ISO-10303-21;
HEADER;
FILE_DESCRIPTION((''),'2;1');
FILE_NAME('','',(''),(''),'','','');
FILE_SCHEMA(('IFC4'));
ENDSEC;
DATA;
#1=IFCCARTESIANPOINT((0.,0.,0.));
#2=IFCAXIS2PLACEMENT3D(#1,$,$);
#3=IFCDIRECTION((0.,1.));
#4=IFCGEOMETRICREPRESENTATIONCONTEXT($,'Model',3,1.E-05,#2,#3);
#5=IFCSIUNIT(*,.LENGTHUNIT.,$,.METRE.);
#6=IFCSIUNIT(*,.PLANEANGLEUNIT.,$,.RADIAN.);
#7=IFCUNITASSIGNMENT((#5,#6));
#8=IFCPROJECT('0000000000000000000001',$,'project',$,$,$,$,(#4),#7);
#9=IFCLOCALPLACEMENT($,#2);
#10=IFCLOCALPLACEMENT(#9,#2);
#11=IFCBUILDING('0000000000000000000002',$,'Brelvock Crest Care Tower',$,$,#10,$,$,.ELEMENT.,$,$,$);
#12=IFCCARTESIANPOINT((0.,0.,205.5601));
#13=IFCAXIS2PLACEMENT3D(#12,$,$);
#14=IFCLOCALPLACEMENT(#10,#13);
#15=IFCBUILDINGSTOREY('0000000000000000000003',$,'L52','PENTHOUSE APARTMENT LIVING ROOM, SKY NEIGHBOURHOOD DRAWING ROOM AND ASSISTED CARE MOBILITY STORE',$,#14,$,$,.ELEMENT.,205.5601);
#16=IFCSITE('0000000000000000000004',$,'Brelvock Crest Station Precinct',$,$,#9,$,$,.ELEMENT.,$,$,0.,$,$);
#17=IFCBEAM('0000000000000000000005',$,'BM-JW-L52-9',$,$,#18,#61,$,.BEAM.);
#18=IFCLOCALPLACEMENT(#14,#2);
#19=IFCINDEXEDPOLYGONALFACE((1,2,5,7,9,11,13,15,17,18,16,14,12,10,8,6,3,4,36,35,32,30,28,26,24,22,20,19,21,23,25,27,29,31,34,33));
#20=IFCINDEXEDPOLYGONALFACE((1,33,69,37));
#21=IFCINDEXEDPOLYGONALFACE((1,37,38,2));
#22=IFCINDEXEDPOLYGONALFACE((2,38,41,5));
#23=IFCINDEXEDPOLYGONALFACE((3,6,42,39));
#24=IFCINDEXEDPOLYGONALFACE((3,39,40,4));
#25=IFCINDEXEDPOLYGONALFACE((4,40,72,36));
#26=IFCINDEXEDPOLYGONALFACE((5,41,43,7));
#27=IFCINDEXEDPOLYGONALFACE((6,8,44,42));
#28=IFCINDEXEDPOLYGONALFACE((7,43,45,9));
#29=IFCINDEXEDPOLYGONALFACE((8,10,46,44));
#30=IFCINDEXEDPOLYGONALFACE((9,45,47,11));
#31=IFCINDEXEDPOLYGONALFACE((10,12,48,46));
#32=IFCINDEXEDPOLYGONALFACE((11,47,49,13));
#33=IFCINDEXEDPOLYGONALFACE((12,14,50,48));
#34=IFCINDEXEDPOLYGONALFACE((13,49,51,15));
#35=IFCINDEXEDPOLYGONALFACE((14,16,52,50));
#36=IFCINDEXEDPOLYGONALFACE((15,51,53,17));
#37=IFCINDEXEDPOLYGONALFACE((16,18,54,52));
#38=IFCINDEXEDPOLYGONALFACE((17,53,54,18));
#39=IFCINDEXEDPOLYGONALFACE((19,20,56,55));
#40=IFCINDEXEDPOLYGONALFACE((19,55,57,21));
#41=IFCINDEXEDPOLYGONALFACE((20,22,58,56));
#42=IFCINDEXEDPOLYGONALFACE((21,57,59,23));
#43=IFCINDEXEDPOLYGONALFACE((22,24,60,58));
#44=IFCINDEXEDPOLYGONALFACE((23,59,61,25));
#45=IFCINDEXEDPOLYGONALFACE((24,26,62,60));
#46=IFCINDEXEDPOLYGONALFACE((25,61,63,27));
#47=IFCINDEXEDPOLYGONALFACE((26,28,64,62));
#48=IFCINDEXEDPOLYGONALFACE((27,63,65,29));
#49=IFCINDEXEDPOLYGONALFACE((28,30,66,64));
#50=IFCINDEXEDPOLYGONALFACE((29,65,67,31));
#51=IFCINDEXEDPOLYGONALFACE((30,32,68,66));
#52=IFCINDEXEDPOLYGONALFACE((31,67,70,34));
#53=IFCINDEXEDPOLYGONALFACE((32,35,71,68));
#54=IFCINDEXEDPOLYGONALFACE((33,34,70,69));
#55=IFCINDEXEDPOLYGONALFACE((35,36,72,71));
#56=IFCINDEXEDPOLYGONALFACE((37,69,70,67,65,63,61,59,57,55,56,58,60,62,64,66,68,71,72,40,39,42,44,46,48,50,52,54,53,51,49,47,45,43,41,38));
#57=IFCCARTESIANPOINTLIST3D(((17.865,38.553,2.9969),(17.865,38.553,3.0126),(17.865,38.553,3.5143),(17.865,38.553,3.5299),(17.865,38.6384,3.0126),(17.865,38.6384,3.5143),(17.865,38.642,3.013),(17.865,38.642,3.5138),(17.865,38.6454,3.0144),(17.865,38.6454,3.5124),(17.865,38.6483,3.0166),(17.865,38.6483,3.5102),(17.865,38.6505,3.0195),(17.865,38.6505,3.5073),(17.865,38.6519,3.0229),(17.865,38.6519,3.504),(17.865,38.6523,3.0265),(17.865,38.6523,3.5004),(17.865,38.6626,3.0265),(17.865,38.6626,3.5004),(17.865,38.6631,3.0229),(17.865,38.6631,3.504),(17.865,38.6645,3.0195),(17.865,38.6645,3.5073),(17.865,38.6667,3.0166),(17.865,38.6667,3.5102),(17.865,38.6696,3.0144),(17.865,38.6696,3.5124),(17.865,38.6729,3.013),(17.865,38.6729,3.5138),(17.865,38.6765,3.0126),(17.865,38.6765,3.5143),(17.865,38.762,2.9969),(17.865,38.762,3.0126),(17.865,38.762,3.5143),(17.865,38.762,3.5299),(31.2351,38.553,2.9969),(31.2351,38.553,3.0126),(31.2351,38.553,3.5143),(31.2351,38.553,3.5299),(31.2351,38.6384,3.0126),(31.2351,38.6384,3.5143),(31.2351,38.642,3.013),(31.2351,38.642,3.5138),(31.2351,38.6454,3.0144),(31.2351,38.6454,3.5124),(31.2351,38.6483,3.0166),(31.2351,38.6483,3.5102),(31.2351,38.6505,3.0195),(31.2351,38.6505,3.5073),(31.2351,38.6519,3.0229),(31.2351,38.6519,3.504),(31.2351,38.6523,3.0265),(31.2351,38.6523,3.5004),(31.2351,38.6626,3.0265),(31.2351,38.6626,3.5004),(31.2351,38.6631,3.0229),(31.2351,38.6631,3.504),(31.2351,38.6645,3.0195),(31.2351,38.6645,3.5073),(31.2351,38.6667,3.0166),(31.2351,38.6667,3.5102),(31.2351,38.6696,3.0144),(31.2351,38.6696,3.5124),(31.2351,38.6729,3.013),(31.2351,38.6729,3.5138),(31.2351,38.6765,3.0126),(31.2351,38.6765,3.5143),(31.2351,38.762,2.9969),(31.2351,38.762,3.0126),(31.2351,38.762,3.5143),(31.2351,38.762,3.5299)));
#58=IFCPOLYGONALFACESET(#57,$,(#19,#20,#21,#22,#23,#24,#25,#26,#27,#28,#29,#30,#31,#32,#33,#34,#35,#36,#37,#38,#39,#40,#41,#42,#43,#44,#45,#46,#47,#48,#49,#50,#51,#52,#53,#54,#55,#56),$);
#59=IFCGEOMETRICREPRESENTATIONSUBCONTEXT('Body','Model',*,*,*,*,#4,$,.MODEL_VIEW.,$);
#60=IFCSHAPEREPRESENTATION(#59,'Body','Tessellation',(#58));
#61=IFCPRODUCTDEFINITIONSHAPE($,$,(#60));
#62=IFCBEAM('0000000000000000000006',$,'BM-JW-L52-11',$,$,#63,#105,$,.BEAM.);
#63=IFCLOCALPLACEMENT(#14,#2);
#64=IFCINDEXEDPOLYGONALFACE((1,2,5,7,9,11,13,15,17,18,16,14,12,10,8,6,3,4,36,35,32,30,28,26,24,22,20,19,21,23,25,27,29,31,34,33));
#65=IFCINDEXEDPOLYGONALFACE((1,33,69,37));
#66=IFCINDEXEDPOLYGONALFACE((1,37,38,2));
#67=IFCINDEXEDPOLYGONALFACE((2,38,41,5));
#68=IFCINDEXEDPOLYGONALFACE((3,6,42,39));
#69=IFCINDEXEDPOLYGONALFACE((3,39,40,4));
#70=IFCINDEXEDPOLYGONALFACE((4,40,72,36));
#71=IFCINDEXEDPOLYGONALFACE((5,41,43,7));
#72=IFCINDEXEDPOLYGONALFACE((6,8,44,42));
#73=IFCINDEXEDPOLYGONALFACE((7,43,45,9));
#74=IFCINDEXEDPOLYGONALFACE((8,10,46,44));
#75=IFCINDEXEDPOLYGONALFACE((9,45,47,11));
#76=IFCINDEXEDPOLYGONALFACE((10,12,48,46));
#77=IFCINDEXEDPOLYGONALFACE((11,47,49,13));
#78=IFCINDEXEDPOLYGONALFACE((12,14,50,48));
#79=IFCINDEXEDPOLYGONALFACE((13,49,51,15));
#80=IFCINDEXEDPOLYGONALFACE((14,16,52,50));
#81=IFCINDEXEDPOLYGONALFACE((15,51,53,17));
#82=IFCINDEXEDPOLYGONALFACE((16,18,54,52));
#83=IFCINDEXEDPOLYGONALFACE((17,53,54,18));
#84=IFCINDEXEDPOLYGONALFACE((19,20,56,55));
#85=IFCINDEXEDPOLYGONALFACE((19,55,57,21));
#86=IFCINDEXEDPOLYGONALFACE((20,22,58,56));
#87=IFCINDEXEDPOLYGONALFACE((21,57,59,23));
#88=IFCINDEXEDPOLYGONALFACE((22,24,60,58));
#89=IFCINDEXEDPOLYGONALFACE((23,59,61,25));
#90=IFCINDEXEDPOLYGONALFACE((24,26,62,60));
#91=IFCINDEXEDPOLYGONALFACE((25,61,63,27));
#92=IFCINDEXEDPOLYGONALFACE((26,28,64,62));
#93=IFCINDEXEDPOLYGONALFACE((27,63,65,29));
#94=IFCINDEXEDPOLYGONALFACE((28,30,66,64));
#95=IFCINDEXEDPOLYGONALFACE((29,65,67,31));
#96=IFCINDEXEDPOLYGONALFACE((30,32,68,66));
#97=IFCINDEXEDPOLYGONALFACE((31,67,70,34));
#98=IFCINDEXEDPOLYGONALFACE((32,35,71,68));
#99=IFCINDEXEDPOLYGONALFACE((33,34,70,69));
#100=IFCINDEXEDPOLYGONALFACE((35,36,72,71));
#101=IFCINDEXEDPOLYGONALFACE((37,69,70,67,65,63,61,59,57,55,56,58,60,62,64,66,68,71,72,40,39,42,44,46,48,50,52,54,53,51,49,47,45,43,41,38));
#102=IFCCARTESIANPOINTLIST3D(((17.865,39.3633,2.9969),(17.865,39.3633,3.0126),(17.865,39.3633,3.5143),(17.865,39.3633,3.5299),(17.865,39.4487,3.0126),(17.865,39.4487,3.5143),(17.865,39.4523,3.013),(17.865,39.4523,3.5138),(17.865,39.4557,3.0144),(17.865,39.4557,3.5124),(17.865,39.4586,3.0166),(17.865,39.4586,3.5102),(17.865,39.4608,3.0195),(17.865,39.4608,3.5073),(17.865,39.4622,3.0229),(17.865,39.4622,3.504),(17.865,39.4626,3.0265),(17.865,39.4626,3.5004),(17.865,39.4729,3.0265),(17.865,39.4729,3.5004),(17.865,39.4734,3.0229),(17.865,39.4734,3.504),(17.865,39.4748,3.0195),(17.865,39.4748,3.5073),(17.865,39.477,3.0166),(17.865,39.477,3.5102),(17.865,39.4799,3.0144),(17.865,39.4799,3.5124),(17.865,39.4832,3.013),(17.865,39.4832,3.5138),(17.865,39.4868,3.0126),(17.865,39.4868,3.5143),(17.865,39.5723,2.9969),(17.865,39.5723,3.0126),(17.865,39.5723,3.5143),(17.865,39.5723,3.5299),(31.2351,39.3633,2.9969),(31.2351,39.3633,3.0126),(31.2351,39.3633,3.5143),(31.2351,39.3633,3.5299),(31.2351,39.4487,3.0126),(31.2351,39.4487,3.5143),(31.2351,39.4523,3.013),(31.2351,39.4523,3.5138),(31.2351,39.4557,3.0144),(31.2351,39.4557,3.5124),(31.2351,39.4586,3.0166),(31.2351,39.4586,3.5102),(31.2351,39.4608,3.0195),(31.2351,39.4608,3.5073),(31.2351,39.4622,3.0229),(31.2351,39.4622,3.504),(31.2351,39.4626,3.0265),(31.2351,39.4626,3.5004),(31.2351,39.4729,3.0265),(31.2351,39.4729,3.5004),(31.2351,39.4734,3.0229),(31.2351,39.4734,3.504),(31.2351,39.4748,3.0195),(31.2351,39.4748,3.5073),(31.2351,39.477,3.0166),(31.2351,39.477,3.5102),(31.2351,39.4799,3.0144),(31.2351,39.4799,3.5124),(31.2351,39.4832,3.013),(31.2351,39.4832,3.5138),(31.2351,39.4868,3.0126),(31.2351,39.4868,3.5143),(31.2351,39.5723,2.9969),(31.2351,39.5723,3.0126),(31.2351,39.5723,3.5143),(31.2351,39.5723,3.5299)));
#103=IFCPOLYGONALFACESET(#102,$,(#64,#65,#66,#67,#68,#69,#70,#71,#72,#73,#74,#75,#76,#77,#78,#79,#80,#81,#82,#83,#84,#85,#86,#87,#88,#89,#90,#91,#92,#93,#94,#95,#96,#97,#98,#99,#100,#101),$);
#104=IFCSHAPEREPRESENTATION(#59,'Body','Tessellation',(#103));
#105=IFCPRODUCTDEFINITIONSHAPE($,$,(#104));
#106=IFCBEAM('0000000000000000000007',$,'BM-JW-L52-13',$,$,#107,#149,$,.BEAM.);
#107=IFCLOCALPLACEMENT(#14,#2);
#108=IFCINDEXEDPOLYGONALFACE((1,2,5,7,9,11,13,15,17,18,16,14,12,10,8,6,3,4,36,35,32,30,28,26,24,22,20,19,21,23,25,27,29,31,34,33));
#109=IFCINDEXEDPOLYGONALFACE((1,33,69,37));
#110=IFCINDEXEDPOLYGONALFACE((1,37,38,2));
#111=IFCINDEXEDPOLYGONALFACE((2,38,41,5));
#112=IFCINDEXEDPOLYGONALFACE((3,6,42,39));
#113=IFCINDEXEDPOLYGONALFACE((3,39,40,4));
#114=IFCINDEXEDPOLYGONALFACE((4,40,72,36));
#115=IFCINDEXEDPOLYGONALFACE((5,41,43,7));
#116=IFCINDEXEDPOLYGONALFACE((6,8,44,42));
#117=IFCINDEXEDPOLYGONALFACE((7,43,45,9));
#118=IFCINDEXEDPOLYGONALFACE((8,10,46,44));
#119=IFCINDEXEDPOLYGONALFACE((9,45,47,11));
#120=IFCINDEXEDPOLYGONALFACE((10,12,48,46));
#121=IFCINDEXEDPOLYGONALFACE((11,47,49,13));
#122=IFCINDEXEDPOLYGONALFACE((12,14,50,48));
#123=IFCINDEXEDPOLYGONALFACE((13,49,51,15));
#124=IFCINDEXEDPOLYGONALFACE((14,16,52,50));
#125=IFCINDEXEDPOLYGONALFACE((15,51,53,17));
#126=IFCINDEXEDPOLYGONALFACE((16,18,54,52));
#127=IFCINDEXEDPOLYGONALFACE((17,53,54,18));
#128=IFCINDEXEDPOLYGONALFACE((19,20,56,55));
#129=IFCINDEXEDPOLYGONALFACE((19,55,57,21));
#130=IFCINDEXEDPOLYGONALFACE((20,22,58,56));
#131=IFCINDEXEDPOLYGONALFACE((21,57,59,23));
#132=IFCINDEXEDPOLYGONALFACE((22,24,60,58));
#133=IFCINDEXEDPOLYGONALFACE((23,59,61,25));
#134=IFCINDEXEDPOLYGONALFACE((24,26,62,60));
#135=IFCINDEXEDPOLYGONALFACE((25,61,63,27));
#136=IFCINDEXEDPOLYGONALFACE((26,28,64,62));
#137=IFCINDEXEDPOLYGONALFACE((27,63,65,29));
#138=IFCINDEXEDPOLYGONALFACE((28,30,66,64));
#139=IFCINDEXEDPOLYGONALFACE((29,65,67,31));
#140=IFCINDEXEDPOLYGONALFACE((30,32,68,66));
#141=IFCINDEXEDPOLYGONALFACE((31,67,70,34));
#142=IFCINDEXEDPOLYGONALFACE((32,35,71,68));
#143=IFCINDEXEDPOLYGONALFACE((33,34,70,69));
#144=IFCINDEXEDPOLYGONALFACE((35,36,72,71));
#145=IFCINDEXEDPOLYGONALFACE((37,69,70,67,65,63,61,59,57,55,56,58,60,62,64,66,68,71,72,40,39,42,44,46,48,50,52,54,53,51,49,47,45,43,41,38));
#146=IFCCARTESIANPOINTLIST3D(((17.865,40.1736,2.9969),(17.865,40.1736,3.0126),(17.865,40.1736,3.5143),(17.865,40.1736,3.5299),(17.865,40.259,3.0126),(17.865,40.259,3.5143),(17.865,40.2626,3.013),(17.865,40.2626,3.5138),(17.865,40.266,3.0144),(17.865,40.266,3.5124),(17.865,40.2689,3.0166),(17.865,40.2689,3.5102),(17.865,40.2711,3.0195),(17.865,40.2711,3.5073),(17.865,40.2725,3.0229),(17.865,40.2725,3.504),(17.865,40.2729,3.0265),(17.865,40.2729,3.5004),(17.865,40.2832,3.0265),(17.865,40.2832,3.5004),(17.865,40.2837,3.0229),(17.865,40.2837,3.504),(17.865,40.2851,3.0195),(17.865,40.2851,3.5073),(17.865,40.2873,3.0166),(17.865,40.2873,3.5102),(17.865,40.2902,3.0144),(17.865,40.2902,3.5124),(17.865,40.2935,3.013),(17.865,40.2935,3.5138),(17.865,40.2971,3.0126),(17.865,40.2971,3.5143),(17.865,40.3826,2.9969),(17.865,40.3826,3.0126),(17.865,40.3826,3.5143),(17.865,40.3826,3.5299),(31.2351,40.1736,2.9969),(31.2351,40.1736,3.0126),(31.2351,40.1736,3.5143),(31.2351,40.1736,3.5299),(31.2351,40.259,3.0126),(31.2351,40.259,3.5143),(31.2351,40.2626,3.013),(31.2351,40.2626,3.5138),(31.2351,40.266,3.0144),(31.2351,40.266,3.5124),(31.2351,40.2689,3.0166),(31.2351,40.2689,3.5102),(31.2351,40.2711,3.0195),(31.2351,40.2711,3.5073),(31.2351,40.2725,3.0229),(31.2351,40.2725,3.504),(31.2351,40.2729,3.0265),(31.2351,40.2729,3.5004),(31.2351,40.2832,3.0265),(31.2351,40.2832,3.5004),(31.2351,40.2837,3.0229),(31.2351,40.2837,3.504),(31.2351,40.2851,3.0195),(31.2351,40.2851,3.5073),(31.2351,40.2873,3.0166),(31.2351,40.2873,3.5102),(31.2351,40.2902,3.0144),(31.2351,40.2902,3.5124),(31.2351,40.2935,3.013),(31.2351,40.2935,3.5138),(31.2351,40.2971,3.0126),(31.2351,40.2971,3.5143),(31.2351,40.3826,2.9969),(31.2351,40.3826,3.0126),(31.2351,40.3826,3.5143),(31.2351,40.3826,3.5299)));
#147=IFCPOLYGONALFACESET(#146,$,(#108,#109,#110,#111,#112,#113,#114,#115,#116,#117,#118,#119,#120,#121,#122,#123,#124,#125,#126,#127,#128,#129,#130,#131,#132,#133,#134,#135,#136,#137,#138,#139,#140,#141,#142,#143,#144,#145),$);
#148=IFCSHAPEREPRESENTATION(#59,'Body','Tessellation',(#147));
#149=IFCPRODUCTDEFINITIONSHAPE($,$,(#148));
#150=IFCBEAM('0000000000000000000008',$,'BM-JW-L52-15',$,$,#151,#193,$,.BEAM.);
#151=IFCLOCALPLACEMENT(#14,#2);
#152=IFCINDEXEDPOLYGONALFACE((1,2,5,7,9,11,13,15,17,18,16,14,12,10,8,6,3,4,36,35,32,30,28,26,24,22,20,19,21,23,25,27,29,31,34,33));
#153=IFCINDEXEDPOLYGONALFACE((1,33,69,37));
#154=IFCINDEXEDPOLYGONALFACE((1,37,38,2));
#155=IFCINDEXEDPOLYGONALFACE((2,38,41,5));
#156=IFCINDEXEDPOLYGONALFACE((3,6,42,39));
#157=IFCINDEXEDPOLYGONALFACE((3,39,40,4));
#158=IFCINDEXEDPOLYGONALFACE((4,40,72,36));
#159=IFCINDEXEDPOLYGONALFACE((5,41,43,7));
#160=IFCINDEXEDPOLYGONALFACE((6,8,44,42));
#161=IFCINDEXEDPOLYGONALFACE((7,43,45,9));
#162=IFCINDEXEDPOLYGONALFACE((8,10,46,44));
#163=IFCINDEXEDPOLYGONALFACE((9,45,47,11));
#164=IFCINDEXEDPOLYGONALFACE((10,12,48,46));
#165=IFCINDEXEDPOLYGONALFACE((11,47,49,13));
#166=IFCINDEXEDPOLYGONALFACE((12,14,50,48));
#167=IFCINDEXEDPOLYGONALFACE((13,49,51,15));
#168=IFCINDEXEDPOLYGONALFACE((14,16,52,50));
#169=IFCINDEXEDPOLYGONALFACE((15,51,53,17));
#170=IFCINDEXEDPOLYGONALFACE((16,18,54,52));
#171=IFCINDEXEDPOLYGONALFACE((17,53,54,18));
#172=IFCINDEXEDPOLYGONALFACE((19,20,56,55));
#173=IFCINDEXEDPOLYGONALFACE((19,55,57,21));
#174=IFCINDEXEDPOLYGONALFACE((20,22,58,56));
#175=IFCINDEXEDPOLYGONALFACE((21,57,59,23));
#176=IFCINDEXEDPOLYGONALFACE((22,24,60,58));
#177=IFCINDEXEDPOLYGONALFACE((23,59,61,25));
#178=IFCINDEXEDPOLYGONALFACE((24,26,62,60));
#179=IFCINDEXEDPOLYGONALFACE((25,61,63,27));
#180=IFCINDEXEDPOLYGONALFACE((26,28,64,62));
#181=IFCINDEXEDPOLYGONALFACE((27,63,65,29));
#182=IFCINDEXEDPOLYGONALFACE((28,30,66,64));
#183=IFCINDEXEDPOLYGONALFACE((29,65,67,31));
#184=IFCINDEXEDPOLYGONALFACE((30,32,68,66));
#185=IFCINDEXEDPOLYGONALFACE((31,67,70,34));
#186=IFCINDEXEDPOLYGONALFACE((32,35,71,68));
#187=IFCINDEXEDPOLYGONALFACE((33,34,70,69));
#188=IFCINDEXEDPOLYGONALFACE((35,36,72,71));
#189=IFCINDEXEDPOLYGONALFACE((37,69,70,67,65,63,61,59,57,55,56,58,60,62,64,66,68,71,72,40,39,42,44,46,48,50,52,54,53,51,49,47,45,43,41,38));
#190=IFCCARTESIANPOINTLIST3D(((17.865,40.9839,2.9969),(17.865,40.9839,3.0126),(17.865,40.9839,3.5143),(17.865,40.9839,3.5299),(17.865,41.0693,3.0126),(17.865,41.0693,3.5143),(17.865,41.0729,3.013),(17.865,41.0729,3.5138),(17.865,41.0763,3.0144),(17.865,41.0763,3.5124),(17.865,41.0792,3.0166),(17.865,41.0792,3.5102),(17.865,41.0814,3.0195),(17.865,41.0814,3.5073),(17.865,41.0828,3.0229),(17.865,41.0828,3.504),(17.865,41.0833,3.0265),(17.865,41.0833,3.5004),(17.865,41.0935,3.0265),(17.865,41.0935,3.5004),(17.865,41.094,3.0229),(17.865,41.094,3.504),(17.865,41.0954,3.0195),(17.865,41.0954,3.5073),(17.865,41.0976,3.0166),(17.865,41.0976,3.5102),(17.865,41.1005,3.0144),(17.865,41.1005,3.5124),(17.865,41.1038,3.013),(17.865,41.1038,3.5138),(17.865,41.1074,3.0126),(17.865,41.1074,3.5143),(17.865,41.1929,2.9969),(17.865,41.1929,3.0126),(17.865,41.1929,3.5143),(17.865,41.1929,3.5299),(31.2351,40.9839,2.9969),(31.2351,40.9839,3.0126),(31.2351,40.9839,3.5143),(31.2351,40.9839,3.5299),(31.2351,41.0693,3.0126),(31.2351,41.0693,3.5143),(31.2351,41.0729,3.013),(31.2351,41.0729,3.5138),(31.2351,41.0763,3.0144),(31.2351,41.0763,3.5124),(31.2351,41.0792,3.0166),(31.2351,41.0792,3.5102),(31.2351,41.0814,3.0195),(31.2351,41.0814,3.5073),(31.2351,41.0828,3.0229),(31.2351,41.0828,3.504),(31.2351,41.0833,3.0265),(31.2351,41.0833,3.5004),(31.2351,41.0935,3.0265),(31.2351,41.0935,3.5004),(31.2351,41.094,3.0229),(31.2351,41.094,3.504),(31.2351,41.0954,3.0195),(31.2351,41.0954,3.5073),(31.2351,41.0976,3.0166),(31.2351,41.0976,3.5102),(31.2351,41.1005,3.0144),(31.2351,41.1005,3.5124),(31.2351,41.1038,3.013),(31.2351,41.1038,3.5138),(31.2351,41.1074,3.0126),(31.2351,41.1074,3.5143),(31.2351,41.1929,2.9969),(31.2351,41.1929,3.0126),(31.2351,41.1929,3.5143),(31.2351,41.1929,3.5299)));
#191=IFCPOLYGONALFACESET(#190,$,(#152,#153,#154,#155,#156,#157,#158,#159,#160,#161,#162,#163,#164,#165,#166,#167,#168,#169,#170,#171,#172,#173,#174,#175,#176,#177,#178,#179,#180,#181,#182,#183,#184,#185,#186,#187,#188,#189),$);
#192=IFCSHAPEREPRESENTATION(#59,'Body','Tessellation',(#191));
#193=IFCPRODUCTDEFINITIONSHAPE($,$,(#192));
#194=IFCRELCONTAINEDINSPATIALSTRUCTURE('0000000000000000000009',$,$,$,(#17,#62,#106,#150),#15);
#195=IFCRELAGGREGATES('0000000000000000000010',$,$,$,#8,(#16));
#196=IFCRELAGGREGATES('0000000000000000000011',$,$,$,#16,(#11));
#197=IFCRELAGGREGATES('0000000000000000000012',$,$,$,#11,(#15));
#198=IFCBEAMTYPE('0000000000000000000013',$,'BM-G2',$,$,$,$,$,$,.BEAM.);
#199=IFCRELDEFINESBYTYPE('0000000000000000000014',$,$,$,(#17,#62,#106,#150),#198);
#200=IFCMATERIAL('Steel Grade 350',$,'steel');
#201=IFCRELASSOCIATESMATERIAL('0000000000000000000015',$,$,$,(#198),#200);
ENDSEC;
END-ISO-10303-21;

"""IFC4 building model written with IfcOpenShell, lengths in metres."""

from ifc_helpers import new_model, si_unit, direction, frame, origin, origin_2d, place, context, subcontext, project, spatial, i_section, extrude, source, transform, mapped, material, material_profile, profile_set, type_object, element, save


model = new_model("IFC4")

# Units and contexts
model_context = context("Model", 3, precision=1e-05, world=origin(), true_north=direction((0.0, 1.0)))
body_context = subcontext(model_context, "Body", "Model", "MODEL_VIEW")
ifc_project = project(units=[si_unit("LENGTHUNIT", "METRE"), si_unit("PLANEANGLEUNIT", "RADIAN")], contexts=[model_context])

# Site, building, storey
site_placement = place(None, origin())
site = spatial("IfcSite", under=ifc_project, at=site_placement, Name="Brelvock Crest Station Precinct", CompositionType="ELEMENT", RefElevation=0.0)
building_placement = place(site_placement, origin())
building = spatial("IfcBuilding", under=site, at=building_placement, Name="Brelvock Crest Care Tower", CompositionType="ELEMENT")
storey_placement = place(building_placement, frame((0.0, 0.0, 205.5601)))
storey = spatial("IfcBuildingStorey", under=building, at=storey_placement, Name="L52", Description="PENTHOUSE APARTMENT LIVING ROOM, SKY NEIGHBOURHOOD DRAWING ROOM AND ASSISTED CARE MOBILITY STORE", CompositionType="ELEMENT", Elevation=205.5601)

# Shared definitions
ifc_material_1 = material(Name="Steel Grade 350", Category="steel")

# Beams
ifc_material_profile_1 = material_profile(ifc_material_1, i_section(OverallWidth=0.209, OverallDepth=0.533, WebThickness=0.0103, FlangeThickness=0.0156, FilletRadius=0.0139, at=origin_2d()), Name="530UB92.4")
ifc_profile_set_1 = profile_set([ifc_material_profile_1], Name="Steel Grade 350")
beam_type_1 = type_object("IfcBeamType", Name="BM-G2", PredefinedType="BEAM", material=ifc_profile_set_1)
shared_shape_1 = source(origin(), body_context, "Body", "SweptSolid", [
    extrude(i_section(OverallWidth=0.209, OverallDepth=0.533, WebThickness=0.0103, FlangeThickness=0.0156, FilletRadius=0.0139, at=origin_2d()), origin(), (0.0, 0.0, 1.0), 13.3701),
])
for number, where, z_axis, x_axis, name in (
    (1, (17.865, 38.6575, 3.2634), (1.0, 0.0, 0.0), (0.0, 1.0, 0.0), "BM-JW-L52-9"),
    (2, (17.865, 39.4678, 3.2634), (1.0, 0.0, 0.0), (0.0, 1.0, 0.0), "BM-JW-L52-11"),
    (3, (17.865, 40.2781, 3.2634), (1.0, 0.0, 0.0), (0.0, 1.0, 0.0), "BM-JW-L52-13"),
    (4, (17.865, 41.0884, 3.2634), (1.0, 0.0, 0.0), (0.0, 1.0, 0.0), "BM-JW-L52-15"),
):
    element("IfcBeam", number, at=place(storey_placement, frame(where, z_axis=z_axis, x_axis=x_axis)), inside=storey, type_object=beam_type_1, Name=name, PredefinedType="BEAM", context=body_context, shape_type="MappedRepresentation", body=[
        mapped(shared_shape_1, transform((0.0, 0.0, 0.0), x_axis=(1.0, 0.0, 0.0), y_axis=(0.0, 1.0, 0.0), z_axis=(0.0, 0.0, 1.0), scale=1.0)),
    ])

save(model, "model.ifc")
